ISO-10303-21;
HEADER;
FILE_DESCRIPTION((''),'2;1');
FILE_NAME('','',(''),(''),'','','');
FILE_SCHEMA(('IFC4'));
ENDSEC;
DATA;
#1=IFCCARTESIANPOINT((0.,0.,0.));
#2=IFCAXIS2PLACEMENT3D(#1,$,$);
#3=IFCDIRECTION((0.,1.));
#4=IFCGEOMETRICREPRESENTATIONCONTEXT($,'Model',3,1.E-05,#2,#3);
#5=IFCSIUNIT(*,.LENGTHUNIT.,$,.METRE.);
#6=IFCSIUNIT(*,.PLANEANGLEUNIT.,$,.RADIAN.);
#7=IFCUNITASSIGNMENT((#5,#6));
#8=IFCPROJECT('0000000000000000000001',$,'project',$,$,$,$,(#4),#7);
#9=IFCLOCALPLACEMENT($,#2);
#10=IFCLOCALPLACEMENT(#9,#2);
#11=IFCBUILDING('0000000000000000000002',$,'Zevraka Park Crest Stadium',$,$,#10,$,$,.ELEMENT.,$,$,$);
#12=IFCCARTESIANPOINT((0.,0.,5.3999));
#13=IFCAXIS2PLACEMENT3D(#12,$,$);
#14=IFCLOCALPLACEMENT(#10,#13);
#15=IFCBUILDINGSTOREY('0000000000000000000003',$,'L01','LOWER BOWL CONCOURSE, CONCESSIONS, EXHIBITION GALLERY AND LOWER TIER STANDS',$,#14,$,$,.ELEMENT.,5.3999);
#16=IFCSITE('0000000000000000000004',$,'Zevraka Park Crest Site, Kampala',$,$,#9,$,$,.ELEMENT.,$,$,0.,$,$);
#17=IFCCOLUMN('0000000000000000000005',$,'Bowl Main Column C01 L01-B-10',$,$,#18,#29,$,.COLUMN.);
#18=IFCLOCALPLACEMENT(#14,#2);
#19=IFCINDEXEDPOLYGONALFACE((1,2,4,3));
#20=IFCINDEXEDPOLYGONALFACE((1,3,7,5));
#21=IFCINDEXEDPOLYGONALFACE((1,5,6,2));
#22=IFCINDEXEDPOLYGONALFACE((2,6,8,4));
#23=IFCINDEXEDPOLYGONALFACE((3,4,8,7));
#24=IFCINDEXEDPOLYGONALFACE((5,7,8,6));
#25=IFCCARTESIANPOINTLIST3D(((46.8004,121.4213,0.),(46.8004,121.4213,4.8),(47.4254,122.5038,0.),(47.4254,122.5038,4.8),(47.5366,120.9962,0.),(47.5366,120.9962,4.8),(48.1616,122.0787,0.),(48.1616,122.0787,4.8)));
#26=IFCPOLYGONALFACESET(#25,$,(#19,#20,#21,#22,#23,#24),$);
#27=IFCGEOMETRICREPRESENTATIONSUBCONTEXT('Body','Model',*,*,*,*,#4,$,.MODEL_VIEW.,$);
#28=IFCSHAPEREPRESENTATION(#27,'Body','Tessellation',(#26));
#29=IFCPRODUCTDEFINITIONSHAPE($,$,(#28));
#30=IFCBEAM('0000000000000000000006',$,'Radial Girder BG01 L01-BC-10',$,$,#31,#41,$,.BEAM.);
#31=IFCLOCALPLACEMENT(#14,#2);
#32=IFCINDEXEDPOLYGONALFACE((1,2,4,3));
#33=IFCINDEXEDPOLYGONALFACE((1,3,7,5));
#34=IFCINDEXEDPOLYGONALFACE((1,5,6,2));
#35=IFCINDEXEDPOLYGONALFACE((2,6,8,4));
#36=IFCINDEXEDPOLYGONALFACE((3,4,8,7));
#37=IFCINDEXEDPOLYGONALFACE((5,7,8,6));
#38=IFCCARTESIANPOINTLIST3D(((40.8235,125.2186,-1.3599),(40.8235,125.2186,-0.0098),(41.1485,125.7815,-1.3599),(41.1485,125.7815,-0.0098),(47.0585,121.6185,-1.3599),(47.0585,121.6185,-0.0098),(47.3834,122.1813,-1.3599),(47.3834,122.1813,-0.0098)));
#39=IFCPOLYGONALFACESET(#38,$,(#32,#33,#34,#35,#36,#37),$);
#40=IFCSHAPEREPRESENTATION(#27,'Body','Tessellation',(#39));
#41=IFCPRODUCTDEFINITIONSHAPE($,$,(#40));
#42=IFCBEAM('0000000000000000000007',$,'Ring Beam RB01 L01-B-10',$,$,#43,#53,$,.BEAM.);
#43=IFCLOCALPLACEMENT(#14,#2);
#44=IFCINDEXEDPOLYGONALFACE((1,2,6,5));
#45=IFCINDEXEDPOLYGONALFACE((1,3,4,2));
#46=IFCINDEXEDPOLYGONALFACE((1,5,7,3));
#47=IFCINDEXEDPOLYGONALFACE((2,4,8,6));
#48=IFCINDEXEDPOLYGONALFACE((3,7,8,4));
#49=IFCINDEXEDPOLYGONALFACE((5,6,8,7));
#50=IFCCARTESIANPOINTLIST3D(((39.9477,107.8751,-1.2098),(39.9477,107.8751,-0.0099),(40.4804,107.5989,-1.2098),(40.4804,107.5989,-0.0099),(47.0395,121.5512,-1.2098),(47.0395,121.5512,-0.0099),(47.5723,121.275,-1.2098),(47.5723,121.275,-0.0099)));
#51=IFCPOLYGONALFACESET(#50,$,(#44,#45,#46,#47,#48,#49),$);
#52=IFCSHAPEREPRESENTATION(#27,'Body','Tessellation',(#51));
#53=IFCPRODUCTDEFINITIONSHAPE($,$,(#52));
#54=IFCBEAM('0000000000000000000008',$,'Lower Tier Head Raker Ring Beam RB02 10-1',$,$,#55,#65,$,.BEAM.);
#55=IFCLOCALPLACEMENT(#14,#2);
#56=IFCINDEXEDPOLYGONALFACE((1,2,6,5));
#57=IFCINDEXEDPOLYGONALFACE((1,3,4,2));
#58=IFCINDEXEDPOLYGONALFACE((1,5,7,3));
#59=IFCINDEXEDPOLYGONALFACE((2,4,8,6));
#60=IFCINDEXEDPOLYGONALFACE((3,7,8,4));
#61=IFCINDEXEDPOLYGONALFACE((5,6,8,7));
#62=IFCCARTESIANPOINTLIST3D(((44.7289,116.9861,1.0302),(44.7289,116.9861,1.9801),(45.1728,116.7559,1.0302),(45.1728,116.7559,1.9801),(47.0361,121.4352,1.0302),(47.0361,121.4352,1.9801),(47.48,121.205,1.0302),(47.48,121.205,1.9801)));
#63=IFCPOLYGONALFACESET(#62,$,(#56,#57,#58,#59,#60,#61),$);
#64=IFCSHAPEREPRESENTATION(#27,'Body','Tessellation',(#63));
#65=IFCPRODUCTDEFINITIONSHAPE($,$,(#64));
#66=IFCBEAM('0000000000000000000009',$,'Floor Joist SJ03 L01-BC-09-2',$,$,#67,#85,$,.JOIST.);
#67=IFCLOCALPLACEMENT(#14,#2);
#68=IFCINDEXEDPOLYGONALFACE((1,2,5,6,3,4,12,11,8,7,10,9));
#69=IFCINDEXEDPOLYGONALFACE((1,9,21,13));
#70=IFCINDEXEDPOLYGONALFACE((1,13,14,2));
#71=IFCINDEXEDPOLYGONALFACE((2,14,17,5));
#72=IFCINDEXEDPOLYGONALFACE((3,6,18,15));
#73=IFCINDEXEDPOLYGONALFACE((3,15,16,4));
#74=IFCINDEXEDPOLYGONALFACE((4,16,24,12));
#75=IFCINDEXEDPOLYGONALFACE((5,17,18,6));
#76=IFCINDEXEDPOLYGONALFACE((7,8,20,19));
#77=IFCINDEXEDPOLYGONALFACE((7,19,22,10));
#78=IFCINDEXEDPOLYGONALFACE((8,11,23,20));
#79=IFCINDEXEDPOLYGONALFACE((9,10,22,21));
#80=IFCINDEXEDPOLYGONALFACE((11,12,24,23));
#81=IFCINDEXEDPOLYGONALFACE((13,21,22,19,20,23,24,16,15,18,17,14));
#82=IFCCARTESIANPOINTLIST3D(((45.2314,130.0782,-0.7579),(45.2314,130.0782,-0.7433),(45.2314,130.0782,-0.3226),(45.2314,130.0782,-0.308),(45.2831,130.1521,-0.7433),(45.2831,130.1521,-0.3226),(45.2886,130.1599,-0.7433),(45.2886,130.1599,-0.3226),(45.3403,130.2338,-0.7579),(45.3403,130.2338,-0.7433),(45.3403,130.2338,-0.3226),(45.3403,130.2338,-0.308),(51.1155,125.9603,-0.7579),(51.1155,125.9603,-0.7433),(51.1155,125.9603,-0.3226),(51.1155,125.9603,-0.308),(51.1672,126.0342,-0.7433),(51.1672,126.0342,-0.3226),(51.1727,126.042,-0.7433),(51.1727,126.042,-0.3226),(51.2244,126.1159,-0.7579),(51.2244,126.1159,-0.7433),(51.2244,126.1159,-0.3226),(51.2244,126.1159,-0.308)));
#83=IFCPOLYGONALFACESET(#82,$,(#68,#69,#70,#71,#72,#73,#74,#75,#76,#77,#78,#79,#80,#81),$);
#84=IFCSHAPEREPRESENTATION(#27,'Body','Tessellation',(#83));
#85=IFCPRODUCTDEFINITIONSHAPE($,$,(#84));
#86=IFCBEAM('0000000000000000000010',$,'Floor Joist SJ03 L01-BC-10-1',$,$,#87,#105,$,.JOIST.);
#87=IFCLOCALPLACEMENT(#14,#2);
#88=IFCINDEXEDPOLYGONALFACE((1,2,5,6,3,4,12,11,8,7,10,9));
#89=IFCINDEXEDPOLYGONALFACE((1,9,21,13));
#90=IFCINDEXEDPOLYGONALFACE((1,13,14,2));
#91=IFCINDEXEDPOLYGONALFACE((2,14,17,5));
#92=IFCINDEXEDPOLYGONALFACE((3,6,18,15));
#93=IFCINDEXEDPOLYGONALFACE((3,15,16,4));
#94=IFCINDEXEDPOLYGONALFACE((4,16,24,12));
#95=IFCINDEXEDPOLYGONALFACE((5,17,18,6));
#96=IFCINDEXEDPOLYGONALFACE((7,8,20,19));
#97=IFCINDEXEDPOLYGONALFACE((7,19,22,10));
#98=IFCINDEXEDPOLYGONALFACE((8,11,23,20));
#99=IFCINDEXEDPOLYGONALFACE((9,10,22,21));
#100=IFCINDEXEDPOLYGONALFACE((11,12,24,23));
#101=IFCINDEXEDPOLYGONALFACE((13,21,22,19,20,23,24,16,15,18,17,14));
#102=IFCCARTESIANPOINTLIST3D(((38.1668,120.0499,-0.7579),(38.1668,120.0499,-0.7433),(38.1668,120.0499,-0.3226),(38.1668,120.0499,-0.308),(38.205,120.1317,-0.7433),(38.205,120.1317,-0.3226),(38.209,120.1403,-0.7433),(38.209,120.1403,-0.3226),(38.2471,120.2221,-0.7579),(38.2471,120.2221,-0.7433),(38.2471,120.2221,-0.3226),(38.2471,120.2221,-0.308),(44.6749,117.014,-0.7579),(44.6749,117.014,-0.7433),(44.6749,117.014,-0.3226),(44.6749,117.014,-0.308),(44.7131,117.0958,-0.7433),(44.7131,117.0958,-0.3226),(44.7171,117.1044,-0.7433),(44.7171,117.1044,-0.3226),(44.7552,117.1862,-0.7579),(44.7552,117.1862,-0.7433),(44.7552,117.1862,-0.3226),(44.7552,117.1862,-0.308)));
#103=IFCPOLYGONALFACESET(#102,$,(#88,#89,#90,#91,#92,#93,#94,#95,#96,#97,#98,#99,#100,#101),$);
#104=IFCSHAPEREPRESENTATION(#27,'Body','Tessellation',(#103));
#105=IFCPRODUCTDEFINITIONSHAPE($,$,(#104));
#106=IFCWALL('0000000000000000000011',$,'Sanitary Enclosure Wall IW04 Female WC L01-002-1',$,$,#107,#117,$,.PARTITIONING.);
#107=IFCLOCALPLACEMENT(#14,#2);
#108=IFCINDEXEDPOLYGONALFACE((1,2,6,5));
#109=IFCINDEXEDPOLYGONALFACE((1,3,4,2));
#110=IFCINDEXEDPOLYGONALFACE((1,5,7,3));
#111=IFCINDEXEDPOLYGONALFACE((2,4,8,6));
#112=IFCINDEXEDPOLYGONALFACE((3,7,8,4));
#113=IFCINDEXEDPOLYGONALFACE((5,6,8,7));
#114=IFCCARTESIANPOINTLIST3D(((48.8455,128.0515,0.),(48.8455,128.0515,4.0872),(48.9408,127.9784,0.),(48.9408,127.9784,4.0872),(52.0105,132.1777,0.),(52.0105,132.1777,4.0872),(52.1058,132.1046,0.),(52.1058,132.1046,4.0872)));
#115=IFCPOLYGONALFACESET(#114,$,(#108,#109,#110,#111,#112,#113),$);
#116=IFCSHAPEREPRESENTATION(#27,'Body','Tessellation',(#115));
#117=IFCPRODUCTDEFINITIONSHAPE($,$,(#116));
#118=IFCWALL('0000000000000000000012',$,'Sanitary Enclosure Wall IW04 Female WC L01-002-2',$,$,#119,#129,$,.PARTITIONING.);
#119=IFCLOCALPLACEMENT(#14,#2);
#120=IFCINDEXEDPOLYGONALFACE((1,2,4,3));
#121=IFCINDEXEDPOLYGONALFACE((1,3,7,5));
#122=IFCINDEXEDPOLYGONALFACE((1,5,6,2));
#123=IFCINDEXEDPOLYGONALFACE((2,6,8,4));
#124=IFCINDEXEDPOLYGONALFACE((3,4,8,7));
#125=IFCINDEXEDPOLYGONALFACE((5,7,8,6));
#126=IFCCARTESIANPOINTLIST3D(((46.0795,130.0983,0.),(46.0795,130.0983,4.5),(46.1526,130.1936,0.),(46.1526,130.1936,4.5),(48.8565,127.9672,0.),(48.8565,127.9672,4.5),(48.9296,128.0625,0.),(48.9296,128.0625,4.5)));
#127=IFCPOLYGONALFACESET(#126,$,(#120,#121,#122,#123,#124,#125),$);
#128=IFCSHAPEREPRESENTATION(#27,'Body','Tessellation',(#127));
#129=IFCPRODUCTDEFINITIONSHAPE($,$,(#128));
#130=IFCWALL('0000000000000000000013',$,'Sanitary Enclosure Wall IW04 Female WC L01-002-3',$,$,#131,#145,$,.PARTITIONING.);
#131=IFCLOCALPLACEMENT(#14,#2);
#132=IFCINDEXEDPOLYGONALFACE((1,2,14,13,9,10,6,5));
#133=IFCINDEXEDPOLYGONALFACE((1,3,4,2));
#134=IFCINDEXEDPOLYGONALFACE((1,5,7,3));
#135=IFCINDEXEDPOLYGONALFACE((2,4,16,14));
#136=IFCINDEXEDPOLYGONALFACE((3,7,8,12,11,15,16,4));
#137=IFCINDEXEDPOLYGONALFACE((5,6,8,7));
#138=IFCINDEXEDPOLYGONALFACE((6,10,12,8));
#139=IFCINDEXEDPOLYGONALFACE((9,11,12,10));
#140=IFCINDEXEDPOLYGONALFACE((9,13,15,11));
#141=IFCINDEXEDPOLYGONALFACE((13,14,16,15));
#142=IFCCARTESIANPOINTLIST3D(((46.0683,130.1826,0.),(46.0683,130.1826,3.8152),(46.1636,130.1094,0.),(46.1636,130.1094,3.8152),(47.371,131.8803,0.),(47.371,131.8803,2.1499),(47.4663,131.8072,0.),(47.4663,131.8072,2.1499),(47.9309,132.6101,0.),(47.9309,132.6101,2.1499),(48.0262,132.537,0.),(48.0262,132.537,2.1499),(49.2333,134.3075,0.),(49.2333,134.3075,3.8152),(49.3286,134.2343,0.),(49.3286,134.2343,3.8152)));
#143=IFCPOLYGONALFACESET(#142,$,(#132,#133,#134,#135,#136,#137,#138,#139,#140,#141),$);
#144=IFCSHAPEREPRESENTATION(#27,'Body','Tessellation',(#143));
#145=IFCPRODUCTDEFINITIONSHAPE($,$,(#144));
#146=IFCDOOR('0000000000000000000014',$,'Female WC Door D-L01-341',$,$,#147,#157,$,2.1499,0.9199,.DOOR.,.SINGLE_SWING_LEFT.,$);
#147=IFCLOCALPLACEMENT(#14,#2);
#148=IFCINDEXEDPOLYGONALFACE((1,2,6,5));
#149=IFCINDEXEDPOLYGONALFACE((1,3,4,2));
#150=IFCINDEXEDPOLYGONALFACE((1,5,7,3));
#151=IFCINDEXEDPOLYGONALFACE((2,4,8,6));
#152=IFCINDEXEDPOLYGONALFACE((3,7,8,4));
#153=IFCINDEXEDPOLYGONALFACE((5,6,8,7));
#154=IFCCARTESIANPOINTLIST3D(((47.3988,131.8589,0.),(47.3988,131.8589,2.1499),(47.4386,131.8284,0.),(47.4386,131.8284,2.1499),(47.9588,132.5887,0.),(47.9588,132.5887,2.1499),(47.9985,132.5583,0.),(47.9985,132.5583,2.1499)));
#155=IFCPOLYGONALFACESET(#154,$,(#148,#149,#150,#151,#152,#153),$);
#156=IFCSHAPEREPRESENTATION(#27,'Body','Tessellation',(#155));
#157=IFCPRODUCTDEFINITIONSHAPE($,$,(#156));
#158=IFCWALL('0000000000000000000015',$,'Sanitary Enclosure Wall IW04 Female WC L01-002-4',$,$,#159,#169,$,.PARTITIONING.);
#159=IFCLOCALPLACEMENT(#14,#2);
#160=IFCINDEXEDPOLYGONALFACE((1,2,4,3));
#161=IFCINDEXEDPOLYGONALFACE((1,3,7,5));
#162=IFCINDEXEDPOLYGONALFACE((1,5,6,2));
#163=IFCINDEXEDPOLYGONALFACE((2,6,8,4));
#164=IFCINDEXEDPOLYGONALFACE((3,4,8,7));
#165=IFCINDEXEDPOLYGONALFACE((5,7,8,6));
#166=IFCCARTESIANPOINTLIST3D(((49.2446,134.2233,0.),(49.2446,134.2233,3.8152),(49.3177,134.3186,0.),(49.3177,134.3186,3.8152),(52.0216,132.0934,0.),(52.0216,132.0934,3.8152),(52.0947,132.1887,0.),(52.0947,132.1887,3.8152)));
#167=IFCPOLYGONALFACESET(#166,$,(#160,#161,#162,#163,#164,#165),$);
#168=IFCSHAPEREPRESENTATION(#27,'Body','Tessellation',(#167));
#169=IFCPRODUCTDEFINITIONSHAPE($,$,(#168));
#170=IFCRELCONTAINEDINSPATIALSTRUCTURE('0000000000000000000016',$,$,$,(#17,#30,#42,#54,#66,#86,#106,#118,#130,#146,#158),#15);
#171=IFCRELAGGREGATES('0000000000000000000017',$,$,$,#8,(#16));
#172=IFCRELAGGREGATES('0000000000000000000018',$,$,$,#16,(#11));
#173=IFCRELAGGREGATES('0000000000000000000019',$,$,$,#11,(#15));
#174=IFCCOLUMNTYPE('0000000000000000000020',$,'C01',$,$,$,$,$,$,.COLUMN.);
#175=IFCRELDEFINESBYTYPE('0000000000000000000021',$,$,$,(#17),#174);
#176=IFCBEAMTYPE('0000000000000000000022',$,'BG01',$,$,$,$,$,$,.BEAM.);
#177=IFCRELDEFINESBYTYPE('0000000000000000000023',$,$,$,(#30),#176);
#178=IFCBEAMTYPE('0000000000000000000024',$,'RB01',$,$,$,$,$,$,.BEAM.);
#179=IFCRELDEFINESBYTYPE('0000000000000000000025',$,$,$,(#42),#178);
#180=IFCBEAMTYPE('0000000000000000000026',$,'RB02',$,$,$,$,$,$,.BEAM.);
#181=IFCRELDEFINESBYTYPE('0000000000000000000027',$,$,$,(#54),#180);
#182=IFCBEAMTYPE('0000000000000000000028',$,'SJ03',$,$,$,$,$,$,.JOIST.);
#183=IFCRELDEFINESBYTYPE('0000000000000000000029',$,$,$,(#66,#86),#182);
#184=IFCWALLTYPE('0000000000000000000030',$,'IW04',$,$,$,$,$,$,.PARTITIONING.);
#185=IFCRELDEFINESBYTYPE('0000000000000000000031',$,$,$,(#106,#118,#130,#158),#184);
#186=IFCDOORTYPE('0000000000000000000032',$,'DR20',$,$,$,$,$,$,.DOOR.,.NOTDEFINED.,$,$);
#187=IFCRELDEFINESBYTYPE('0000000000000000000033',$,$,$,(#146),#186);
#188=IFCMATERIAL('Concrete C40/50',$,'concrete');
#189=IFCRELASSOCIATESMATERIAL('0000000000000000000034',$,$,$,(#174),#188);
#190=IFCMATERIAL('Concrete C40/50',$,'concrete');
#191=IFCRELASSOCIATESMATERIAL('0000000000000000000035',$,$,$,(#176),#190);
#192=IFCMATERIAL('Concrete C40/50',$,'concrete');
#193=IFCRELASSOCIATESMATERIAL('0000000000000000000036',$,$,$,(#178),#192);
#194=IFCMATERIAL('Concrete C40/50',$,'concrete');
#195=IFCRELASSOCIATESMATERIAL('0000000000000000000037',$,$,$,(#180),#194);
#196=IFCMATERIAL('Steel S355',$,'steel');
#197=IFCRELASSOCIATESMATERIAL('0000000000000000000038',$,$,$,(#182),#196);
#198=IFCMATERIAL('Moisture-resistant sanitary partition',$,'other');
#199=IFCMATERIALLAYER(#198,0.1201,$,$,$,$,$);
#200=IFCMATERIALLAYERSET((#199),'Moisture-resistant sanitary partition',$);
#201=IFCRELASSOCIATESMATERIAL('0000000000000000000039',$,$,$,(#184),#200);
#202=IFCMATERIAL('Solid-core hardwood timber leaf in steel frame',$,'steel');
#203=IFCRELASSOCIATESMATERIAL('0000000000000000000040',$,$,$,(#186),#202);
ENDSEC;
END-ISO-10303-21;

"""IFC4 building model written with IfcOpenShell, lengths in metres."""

from ifc_helpers import new_model, si_unit, direction, frame, frame_2d, origin, origin_2d, place, context, subcontext, project, spatial, rectangle, i_section, extrude, material, layer, layer_set, material_profile, profile_set, type_object, element, fill, save


model = new_model("IFC4")

# Units and contexts
model_context = context("Model", 3, precision=1e-05, world=origin(), true_north=direction((0.0, 1.0)))
body_context = subcontext(model_context, "Body", "Model", "MODEL_VIEW")
ifc_project = project(units=[si_unit("LENGTHUNIT", "METRE"), si_unit("PLANEANGLEUNIT", "RADIAN")], contexts=[model_context])

# Site, building, storey
site_placement = place(None, origin())
site = spatial("IfcSite", under=ifc_project, at=site_placement, Name="Zevraka Park Crest Site, Kampala", CompositionType="ELEMENT", RefElevation=0.0)
building_placement = place(site_placement, origin())
building = spatial("IfcBuilding", under=site, at=building_placement, Name="Zevraka Park Crest Stadium", CompositionType="ELEMENT")
storey_placement = place(building_placement, frame((0.0, 0.0, 5.3999)))
storey = spatial("IfcBuildingStorey", under=building, at=storey_placement, Name="L01", Description="LOWER BOWL CONCOURSE, CONCESSIONS, EXHIBITION GALLERY AND LOWER TIER STANDS", CompositionType="ELEMENT", Elevation=5.3999)

# Column
ifc_material_1 = material(Name="Concrete C40/50", Category="concrete")
ifc_material_profile_1 = material_profile(ifc_material_1, rectangle(XDim=0.8501, YDim=1.25, at=origin_2d()), Name="RC 1250x850")
ifc_profile_set_1 = profile_set([ifc_material_profile_1], Name="Concrete C40/50")
column_type = type_object("IfcColumnType", Name="C01", PredefinedType="COLUMN", material=ifc_profile_set_1)
column_placement = place(storey_placement, frame((47.481, 121.75, 0.0), z_axis=(0.0, 0.0, 1.0), x_axis=(-0.866025, 0.5, 0.0)))
element("IfcColumn", 1, at=column_placement, inside=storey, type_object=column_type, Name="Bowl Main Column C01 L01-B-10", PredefinedType="COLUMN", context=body_context, shape_type="SweptSolid", body=[
    extrude(rectangle(XDim=0.8501, YDim=1.25, at=origin_2d()), origin(), (0.0, 0.0, 1.0), 4.8),
])

# Beams
ifc_material_2 = material(Name="Concrete C40/50", Category="concrete")
ifc_material_profile_2 = material_profile(ifc_material_2, rectangle(XDim=0.6499, YDim=1.3501, at=origin_2d()), Name="RC 1350x650")
ifc_profile_set_2 = profile_set([ifc_material_profile_2], Name="Concrete C40/50")
beam_type_1 = type_object("IfcBeamType", Name="BG01", PredefinedType="BEAM", material=ifc_profile_set_2)
beam_1_placement = place(storey_placement, frame((47.2209, 121.8999, -0.6848), z_axis=(-0.866001, 0.500041, 0.0), x_axis=(-0.500041, -0.866001, 0.0)))
element("IfcBeam", 2, at=beam_1_placement, inside=storey, type_object=beam_type_1, Name="Radial Girder BG01 L01-BC-10", PredefinedType="BEAM", context=body_context, shape_type="SweptSolid", body=[
    extrude(rectangle(XDim=0.6499, YDim=1.3501, at=origin_2d()), origin(), (0.0, 0.0, 1.0), 7.1997),
])
ifc_material_3 = material(Name="Concrete C40/50", Category="concrete")
ifc_material_profile_3 = material_profile(ifc_material_3, rectangle(XDim=0.6001, YDim=1.2, at=origin_2d()), Name="RC 1200x600")
ifc_profile_set_3 = profile_set([ifc_material_profile_3], Name="Concrete C40/50")
beam_type_2 = type_object("IfcBeamType", Name="RB01", PredefinedType="BEAM", material=ifc_profile_set_3)
beam_2_placement = place(storey_placement, frame((47.3059, 121.4131, -0.6099), z_axis=(-0.460344, -0.887741, 0.0), x_axis=(0.887741, -0.460344, 0.0)))
element("IfcBeam", 3, at=beam_2_placement, inside=storey, type_object=beam_type_2, Name="Ring Beam RB01 L01-B-10", PredefinedType="BEAM", context=body_context, shape_type="SweptSolid", body=[
    extrude(rectangle(XDim=0.6001, YDim=1.2, at=origin_2d()), origin(), (0.0, 0.0, 1.0), 15.4055),
])
ifc_material_4 = material(Name="Concrete C40/50", Category="concrete")
ifc_material_profile_4 = material_profile(ifc_material_4, rectangle(XDim=0.5, YDim=0.95, at=origin_2d()), Name="RC 950x500")
ifc_profile_set_4 = profile_set([ifc_material_profile_4], Name="Concrete C40/50")
beam_type_3 = type_object("IfcBeamType", Name="RB02", PredefinedType="BEAM", material=ifc_profile_set_4)
beam_3_placement = place(storey_placement, frame((47.2581, 121.3201, 1.5051), z_axis=(-0.460357, -0.887734, 0.0), x_axis=(0.887734, -0.460357, 0.0)))
element("IfcBeam", 4, at=beam_3_placement, inside=storey, type_object=beam_type_3, Name="Lower Tier Head Raker Ring Beam RB02 10-1", PredefinedType="BEAM", context=body_context, shape_type="SweptSolid", body=[
    extrude(rectangle(XDim=0.5, YDim=0.95, at=origin_2d()), origin(), (0.0, 0.0, 1.0), 5.0117),
])
ifc_material_5 = material(Name="Steel S355", Category="steel")
ifc_material_profile_5 = material_profile(ifc_material_5, i_section(OverallWidth=0.1899, OverallDepth=0.45, WebThickness=0.0095, FlangeThickness=0.0146, at=origin_2d()), Name="IPE 450")
ifc_profile_set_5 = profile_set([ifc_material_profile_5], Name="Steel S355")
beam_type_4 = type_object("IfcBeamType", Name="SJ03", PredefinedType="JOIST", material=ifc_profile_set_5)
beam_4_placement = place(storey_placement, frame((51.1699, 126.0381, -0.533), z_axis=(-0.819291, 0.573378, 0.0), x_axis=(-0.573378, -0.819291, 0.0)))
element("IfcBeam", 5, at=beam_4_placement, inside=storey, type_object=beam_type_4, Name="Floor Joist SJ03 L01-BC-09-2", PredefinedType="JOIST", context=body_context, shape_type="SweptSolid", body=[
    extrude(i_section(OverallWidth=0.1899, OverallDepth=0.45, WebThickness=0.0095, FlangeThickness=0.0146, at=origin_2d()), origin(), (0.0, 0.0, 1.0), 7.1819),
])
beam_5_placement = place(storey_placement, frame((44.7151, 117.1001, -0.533), z_axis=(-0.906247, 0.422748, 0.0), x_axis=(-0.422748, -0.906247, 0.0)))
element("IfcBeam", 6, at=beam_5_placement, inside=storey, type_object=beam_type_4, Name="Floor Joist SJ03 L01-BC-10-1", PredefinedType="JOIST", context=body_context, shape_type="SweptSolid", body=[
    extrude(i_section(OverallWidth=0.1899, OverallDepth=0.45, WebThickness=0.0095, FlangeThickness=0.0146, at=origin_2d()), origin(), (0.0, 0.0, 1.0), 7.1814),
])

# Walls
ifc_material_6 = material(Name="Moisture-resistant sanitary partition", Category="other")
ifc_layer_1 = layer(ifc_material_6, 0.1201)
ifc_layer_set_1 = layer_set([ifc_layer_1], Name="Moisture-resistant sanitary partition")
wall_type_1 = type_object("IfcWallType", Name="IW04", PredefinedType="PARTITIONING", material=ifc_layer_set_1)
wall_1_placement = place(storey_placement, frame((52.0581, 132.1411, 0.0), z_axis=(0.0, 0.0, 1.0), x_axis=(-0.608626, -0.793457, 0.0)))
element("IfcWall", 7, at=wall_1_placement, inside=storey, type_object=wall_type_1, Name="Sanitary Enclosure Wall IW04 Female WC L01-002-1", PredefinedType="PARTITIONING", context=body_context, shape_type="SweptSolid", body=[
    extrude(rectangle(XDim=5.2002, YDim=0.1201, at=frame_2d((2.6001, 0.0))), origin(), (0.0, 0.0, 1.0), 4.0872),
])
wall_2_placement = place(storey_placement, frame((48.8931, 128.0149, 0.0), z_axis=(0.0, 0.0, 1.0), x_axis=(-0.793331, 0.60879, 0.0)))
element("IfcWall", 8, at=wall_2_placement, inside=storey, type_object=wall_type_1, Name="Sanitary Enclosure Wall IW04 Female WC L01-002-2", PredefinedType="PARTITIONING", context=body_context, shape_type="SweptSolid", body=[
    extrude(rectangle(XDim=3.5005, YDim=0.1201, at=frame_2d((1.7502, 0.0))), origin(), (0.0, 0.0, 1.0), 4.5),
])

# Wall, opening, door
wall_3_placement = place(storey_placement, frame((46.116, 130.146, 0.0), z_axis=(0.0, 0.0, 1.0), x_axis=(0.608739, 0.793371, 0.0)))
wall_3 = element("IfcWall", 9, at=wall_3_placement, inside=storey, type_object=wall_type_1, Name="Sanitary Enclosure Wall IW04 Female WC L01-002-3", PredefinedType="PARTITIONING", context=body_context, shape_type="SweptSolid", body=[
    extrude(rectangle(XDim=5.1992, YDim=0.1201, at=frame_2d((2.5996, 0.0))), origin(), (0.0, 0.0, 1.0), 3.8152),
])
opening_placement = place(wall_3_placement, frame((2.1399, 0.0, 0.0)))
opening = element("IfcOpeningElement", 10, at=opening_placement, cuts=wall_3, PredefinedType="OPENING", context=body_context, shape_type="SweptSolid", body=[
    extrude(rectangle(XDim=0.9199, YDim=2.1499, at=frame_2d((0.46, 1.075))), frame((0.0, 0.0701, 0.0), z_axis=(0.0, -1.0, 0.0), x_axis=(1.0, 0.0, 0.0)), (0.0, 0.0, 1.0), 0.1401),
])
ifc_material_7 = material(Name="Solid-core hardwood timber leaf in steel frame", Category="steel")
door_type = type_object("IfcDoorType", Name="DR20", OperationType="NOTDEFINED", PredefinedType="DOOR", material=ifc_material_7)
door_placement = place(opening_placement, origin())
door = element("IfcDoor", 11, at=door_placement, inside=storey, type_object=door_type, Name="Female WC Door D-L01-341", OperationType="SINGLE_SWING_LEFT", OverallHeight=2.1499, OverallWidth=0.9199, PredefinedType="DOOR", context=body_context, shape_type="SweptSolid", body=[
    extrude(rectangle(XDim=0.9199, YDim=2.1499, at=frame_2d((0.46, 1.075))), frame((0.0, 0.0249, 0.0), z_axis=(0.0, -1.0, 0.0), x_axis=(1.0, 0.0, 0.0)), (0.0, 0.0, 1.0), 0.05),
])
fill(opening, door)

# Wall
wall_4_placement = place(storey_placement, frame((49.281, 134.271, 0.0), z_axis=(0.0, 0.0, 1.0), x_axis=(0.7935, -0.608571, 0.0)))
element("IfcWall", 12, at=wall_4_placement, inside=storey, type_object=wall_type_1, Name="Sanitary Enclosure Wall IW04 Female WC L01-002-4", PredefinedType="PARTITIONING", context=body_context, shape_type="SweptSolid", body=[
    extrude(rectangle(XDim=3.4998, YDim=0.1201, at=frame_2d((1.75, 0.0))), origin(), (0.0, 0.0, 1.0), 3.8152),
])

save(model, "model.ifc")
